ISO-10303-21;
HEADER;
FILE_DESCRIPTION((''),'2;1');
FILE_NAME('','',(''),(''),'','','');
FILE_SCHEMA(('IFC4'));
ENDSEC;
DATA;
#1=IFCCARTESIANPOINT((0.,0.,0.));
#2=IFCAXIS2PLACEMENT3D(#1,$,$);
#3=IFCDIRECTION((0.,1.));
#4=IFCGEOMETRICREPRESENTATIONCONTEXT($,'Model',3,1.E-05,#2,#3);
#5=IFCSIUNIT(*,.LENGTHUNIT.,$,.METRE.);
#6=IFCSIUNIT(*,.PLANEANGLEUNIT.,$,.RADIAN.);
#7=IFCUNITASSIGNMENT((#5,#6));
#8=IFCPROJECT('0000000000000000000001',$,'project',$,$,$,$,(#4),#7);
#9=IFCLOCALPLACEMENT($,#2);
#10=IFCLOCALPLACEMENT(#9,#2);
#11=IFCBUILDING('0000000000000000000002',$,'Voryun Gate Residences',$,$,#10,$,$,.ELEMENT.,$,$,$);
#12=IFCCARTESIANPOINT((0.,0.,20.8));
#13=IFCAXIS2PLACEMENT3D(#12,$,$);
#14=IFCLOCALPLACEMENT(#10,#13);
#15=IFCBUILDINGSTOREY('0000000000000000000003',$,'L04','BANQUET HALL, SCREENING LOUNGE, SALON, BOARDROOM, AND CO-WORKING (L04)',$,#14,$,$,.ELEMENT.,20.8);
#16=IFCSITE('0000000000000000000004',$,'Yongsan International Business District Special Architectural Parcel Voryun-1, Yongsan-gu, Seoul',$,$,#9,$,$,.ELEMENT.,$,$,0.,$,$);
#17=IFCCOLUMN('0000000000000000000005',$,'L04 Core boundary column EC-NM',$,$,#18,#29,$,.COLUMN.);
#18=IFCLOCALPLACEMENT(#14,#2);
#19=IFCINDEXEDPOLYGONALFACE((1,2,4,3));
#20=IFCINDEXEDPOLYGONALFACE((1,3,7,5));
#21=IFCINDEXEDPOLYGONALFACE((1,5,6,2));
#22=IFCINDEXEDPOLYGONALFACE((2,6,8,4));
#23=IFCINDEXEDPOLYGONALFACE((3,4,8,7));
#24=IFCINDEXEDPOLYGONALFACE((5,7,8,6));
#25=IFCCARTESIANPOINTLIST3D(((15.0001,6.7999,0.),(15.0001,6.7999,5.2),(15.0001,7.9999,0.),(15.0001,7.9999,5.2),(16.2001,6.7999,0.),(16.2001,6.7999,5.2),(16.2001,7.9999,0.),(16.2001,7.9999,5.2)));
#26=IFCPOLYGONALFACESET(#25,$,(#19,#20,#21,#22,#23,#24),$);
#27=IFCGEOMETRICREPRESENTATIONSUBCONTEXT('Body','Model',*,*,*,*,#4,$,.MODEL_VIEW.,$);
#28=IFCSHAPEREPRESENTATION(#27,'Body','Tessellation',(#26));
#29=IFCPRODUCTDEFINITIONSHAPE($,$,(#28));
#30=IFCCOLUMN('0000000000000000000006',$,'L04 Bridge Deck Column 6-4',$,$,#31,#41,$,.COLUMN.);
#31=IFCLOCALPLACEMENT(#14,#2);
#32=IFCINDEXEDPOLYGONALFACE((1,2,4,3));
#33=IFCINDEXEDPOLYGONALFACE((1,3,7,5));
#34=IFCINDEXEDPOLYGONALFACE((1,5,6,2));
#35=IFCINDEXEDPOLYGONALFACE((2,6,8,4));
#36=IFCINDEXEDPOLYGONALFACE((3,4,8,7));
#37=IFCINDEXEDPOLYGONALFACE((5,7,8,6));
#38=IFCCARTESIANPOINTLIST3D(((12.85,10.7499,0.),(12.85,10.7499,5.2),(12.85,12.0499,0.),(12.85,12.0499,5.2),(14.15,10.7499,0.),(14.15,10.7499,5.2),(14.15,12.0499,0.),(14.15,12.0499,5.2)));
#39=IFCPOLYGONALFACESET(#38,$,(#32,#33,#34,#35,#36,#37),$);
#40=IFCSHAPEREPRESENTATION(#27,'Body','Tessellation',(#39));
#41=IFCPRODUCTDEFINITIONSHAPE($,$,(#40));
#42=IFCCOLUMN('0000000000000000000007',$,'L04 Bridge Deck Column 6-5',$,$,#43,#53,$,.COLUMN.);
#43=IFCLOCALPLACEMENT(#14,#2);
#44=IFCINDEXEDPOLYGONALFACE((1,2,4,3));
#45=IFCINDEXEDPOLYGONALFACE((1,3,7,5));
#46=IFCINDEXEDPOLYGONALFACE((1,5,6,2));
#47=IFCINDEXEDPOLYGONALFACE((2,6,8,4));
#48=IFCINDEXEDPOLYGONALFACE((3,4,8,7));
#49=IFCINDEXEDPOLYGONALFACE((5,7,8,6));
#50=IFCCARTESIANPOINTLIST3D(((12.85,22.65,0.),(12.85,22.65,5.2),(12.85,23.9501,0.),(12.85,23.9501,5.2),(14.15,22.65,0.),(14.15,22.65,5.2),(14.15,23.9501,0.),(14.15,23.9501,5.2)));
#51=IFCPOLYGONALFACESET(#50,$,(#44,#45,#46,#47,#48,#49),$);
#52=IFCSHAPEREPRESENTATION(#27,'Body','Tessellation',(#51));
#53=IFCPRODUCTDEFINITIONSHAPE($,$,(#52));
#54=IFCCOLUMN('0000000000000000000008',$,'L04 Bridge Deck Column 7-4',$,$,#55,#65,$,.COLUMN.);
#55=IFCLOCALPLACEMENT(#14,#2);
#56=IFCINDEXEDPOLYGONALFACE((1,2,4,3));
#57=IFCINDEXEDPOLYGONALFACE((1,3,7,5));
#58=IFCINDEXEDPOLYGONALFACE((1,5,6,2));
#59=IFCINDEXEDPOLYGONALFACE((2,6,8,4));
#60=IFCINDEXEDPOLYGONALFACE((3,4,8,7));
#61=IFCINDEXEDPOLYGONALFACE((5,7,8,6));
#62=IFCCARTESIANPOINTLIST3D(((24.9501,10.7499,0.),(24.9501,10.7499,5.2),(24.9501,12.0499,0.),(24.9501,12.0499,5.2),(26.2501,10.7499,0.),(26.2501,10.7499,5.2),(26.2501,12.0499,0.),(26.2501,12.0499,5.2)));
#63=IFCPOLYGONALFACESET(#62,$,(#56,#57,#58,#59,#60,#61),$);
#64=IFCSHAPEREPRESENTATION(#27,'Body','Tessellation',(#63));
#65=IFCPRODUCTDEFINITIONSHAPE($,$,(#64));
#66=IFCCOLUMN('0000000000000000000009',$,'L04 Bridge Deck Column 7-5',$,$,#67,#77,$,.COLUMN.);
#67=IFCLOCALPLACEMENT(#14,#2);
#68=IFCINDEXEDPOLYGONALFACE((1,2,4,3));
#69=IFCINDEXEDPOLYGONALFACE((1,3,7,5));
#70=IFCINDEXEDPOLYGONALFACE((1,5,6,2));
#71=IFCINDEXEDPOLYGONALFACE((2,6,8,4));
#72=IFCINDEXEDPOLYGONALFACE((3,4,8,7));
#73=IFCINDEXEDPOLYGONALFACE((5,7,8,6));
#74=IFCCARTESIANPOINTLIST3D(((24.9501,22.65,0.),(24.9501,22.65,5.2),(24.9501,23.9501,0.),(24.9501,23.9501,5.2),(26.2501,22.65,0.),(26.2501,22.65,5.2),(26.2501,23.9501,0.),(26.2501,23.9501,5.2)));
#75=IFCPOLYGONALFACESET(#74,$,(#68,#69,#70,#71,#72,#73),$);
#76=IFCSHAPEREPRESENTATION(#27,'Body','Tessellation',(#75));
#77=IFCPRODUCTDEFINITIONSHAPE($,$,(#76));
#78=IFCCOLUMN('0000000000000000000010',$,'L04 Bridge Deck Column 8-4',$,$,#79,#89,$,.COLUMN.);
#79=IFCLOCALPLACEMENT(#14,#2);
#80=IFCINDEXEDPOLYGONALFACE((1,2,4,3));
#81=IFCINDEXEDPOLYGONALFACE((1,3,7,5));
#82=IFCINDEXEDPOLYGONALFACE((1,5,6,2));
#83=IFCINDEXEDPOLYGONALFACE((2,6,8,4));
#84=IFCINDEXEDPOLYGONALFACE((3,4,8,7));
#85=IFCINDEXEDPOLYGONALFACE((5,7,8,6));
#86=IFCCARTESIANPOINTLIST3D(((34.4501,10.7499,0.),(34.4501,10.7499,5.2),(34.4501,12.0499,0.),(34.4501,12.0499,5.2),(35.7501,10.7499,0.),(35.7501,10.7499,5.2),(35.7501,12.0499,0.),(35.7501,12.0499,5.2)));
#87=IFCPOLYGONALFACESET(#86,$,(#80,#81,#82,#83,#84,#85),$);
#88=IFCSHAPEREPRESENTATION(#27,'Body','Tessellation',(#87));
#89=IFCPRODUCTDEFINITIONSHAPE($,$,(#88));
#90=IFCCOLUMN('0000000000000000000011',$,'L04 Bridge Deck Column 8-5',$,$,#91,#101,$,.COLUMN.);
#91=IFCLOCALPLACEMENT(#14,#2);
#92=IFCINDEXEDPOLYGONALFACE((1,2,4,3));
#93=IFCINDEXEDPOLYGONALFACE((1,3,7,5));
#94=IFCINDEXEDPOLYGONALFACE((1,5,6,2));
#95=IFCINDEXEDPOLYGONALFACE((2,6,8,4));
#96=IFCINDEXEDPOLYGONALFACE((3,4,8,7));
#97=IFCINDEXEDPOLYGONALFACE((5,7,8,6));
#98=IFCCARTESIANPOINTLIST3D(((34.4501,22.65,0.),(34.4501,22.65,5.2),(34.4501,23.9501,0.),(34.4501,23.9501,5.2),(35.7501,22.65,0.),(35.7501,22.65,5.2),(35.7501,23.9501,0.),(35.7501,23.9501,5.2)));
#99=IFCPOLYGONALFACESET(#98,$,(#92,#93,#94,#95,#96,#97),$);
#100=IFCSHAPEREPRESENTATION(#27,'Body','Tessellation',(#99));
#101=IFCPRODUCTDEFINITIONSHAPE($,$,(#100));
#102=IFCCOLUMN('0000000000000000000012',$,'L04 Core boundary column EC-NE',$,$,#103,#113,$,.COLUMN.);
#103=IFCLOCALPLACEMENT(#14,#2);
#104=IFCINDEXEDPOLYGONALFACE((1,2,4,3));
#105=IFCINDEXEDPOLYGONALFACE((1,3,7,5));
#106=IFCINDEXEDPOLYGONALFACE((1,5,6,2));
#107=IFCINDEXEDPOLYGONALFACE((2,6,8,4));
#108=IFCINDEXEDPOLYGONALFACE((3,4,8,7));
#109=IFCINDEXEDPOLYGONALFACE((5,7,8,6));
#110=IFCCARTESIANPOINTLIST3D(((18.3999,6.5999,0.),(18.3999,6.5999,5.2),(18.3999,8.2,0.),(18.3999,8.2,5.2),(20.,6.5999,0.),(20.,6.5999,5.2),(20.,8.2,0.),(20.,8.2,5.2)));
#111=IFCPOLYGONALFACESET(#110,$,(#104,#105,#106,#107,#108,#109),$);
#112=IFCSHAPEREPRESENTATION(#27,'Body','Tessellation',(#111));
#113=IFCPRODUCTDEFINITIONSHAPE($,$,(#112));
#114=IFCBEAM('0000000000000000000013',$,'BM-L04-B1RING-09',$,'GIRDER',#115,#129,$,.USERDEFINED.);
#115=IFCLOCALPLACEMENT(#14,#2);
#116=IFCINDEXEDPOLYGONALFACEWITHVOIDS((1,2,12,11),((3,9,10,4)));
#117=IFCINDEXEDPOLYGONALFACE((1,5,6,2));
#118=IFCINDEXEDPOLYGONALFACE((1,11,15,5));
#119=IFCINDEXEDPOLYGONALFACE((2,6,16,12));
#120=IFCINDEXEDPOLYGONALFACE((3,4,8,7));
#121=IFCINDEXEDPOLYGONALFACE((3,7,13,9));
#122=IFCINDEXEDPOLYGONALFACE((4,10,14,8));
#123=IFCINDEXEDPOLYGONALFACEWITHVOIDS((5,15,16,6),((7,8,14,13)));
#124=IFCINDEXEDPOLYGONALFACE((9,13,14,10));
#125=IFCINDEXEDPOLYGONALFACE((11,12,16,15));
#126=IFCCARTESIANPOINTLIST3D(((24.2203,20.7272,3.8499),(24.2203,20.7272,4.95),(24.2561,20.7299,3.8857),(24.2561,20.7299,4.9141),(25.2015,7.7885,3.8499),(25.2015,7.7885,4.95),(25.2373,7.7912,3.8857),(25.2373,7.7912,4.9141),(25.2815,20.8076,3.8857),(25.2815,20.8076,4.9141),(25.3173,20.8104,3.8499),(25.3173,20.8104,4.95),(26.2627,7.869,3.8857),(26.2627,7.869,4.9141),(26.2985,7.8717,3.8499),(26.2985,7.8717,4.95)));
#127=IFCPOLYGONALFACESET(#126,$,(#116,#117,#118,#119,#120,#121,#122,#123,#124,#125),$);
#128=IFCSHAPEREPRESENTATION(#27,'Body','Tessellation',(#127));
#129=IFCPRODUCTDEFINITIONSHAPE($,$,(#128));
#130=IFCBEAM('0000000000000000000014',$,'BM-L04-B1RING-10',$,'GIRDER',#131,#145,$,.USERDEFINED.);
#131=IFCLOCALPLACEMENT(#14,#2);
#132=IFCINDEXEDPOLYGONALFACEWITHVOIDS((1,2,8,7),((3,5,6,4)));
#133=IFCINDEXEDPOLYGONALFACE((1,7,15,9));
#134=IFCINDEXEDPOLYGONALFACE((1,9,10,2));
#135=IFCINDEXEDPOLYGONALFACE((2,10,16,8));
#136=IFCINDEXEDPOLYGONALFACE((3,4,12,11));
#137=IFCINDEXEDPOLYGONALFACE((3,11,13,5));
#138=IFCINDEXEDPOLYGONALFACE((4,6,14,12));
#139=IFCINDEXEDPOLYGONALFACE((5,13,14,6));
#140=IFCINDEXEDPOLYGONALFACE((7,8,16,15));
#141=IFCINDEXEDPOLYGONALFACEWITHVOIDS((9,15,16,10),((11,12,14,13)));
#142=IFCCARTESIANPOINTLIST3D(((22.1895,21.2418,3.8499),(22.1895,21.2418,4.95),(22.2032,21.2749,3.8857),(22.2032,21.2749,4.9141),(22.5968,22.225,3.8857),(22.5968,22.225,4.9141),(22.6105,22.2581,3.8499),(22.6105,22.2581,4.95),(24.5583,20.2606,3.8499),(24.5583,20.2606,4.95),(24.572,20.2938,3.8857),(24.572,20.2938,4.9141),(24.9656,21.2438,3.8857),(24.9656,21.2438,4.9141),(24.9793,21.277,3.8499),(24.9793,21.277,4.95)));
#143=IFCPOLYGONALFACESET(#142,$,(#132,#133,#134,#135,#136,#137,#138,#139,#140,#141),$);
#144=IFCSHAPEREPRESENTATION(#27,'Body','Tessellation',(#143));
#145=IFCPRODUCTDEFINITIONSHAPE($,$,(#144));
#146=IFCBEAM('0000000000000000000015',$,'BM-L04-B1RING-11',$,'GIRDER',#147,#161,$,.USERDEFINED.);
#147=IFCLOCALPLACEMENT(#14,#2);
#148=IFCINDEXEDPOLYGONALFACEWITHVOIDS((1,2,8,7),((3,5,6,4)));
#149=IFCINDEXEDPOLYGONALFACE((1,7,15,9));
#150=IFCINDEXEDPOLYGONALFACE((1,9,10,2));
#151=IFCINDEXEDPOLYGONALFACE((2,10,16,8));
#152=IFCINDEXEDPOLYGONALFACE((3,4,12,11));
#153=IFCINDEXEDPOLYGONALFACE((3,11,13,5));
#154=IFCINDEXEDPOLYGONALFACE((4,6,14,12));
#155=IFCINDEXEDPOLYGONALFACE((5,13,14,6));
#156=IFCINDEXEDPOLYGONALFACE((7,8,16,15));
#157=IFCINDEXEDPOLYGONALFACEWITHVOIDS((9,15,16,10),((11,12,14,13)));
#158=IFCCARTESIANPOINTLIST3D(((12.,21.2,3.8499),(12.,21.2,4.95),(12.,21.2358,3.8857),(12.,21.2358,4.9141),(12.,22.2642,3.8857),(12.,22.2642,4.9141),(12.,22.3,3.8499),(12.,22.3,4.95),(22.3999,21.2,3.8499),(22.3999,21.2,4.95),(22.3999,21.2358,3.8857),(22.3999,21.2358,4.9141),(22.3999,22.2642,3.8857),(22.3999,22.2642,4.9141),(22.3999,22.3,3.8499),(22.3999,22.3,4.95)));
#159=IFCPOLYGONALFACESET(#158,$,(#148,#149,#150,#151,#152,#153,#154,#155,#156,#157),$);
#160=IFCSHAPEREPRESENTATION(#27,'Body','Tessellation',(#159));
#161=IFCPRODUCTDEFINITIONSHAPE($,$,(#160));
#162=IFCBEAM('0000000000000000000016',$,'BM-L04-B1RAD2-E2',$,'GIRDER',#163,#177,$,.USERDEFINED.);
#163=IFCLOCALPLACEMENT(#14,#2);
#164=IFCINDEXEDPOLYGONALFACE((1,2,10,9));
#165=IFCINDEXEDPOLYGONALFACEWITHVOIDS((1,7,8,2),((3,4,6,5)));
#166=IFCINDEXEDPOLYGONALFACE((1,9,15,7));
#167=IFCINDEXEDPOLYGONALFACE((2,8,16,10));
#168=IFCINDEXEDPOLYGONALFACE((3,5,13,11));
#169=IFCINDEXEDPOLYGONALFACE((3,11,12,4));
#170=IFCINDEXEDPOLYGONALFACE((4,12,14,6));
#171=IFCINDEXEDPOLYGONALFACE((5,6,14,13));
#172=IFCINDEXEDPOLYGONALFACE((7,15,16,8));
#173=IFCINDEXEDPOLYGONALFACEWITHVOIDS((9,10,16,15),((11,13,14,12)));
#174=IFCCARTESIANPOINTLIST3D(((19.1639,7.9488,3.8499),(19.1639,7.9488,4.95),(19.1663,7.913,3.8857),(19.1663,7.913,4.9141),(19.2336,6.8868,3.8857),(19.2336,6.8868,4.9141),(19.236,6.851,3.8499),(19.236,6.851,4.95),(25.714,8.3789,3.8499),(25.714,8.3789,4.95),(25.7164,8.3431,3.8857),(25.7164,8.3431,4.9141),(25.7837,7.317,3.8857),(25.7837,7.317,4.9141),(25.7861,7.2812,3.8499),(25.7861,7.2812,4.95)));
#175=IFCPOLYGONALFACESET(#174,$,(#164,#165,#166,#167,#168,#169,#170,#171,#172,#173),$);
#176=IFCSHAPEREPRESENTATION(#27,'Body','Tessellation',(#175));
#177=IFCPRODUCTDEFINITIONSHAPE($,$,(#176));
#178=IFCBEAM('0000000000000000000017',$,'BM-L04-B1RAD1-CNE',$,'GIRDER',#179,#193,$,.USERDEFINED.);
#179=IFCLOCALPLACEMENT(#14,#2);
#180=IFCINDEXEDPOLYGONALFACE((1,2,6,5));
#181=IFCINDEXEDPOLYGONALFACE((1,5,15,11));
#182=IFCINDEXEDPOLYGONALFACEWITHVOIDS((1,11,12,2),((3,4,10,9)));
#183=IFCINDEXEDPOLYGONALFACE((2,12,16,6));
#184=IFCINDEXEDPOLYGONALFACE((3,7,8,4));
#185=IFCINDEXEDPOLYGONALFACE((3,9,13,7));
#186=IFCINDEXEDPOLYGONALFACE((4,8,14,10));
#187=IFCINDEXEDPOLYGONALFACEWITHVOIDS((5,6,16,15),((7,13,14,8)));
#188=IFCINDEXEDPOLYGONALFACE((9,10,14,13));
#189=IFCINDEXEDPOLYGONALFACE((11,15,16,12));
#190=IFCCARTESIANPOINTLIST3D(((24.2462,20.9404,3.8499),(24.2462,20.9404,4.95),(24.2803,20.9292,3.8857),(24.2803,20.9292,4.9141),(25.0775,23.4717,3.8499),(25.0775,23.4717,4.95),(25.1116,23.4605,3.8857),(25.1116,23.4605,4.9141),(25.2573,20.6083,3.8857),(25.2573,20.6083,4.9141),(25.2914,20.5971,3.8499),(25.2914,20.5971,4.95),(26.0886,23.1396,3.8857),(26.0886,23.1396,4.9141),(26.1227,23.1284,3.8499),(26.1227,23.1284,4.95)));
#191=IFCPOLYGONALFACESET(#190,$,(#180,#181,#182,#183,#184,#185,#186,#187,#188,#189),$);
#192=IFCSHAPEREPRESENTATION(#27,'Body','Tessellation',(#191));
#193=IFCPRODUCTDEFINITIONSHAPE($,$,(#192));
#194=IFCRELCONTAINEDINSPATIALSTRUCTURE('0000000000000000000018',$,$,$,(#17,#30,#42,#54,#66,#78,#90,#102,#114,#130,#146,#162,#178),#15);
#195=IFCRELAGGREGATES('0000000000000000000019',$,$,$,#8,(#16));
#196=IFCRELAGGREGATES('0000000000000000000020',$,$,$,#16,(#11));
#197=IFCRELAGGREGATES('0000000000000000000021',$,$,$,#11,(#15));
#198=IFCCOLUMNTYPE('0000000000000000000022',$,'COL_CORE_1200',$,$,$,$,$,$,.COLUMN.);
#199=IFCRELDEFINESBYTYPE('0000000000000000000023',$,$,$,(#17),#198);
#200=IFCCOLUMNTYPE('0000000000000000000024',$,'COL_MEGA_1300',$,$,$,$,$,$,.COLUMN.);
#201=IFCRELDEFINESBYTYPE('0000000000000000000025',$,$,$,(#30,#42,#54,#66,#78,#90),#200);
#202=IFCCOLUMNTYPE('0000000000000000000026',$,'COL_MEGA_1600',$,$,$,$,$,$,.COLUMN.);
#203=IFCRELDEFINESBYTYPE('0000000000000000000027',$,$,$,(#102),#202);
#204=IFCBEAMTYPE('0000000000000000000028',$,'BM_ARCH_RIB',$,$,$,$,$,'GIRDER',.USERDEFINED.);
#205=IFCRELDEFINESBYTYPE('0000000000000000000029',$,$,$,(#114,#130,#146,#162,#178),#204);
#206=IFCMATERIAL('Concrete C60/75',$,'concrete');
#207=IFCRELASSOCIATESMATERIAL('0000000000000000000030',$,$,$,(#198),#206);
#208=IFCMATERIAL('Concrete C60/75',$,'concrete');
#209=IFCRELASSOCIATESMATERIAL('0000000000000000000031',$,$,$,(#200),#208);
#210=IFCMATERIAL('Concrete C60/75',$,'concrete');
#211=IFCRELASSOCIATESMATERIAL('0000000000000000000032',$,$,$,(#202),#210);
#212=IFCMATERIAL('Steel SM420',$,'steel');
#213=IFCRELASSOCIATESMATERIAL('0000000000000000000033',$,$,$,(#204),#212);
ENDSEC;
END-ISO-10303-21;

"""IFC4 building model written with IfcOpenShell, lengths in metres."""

from ifc_helpers import new_model, si_unit, direction, frame, origin, origin_2d, place, context, subcontext, project, spatial, rectangle, hollow_rectangle, extrude, material, material_profile, profile_set, type_object, element, save


model = new_model("IFC4")

# Units and contexts
model_context = context("Model", 3, precision=1e-05, world=origin(), true_north=direction((0.0, 1.0)))
body_context = subcontext(model_context, "Body", "Model", "MODEL_VIEW")
ifc_project = project(units=[si_unit("LENGTHUNIT", "METRE"), si_unit("PLANEANGLEUNIT", "RADIAN")], contexts=[model_context])

# Site, building, storey
site_placement = place(None, origin())
site = spatial("IfcSite", under=ifc_project, at=site_placement, Name="Yongsan International Business District Special Architectural Parcel Voryun-1, Yongsan-gu, Seoul", CompositionType="ELEMENT", RefElevation=0.0)
building_placement = place(site_placement, origin())
building = spatial("IfcBuilding", under=site, at=building_placement, Name="Voryun Gate Residences", CompositionType="ELEMENT")
storey_placement = place(building_placement, frame((0.0, 0.0, 20.8)))
storey = spatial("IfcBuildingStorey", under=building, at=storey_placement, Name="L04", Description="BANQUET HALL, SCREENING LOUNGE, SALON, BOARDROOM, AND CO-WORKING (L04)", CompositionType="ELEMENT", Elevation=20.8)

# Columns
ifc_material_1 = material(Name="Concrete C60/75", Category="concrete")
ifc_material_profile_1 = material_profile(ifc_material_1, rectangle(XDim=1.2, YDim=1.2, at=origin_2d()), Name="RC-1200x1200")
ifc_profile_set_1 = profile_set([ifc_material_profile_1], Name="Concrete C60/75")
column_type_1 = type_object("IfcColumnType", Name="COL_CORE_1200", PredefinedType="COLUMN", material=ifc_profile_set_1)
column_1_placement = place(storey_placement, frame((15.6001, 7.3999, 0.0), z_axis=(0.0, 0.0, 1.0), x_axis=(1.0, 0.0, 0.0)))
element("IfcColumn", 1, at=column_1_placement, inside=storey, type_object=column_type_1, Name="L04 Core boundary column EC-NM", PredefinedType="COLUMN", context=body_context, shape_type="SweptSolid", body=[
    extrude(rectangle(XDim=1.2, YDim=1.2, at=origin_2d()), origin(), (0.0, 0.0, 1.0), 5.2),
])
ifc_material_2 = material(Name="Concrete C60/75", Category="concrete")
ifc_material_profile_2 = material_profile(ifc_material_2, rectangle(XDim=1.3, YDim=1.3, at=origin_2d()), Name="RC-1300x1300")
ifc_profile_set_2 = profile_set([ifc_material_profile_2], Name="Concrete C60/75")
column_type_2 = type_object("IfcColumnType", Name="COL_MEGA_1300", PredefinedType="COLUMN", material=ifc_profile_set_2)
for number, where, z_axis, x_axis, name in (
    (2, (13.5, 11.3999, 0.0), (0.0, 0.0, 1.0), (1.0, 0.0, 0.0), "L04 Bridge Deck Column 6-4"),
    (3, (13.5, 23.3, 0.0), (0.0, 0.0, 1.0), (1.0, 0.0, 0.0), "L04 Bridge Deck Column 6-5"),
    (4, (25.6001, 11.3999, 0.0), (0.0, 0.0, 1.0), (1.0, 0.0, 0.0), "L04 Bridge Deck Column 7-4"),
    (5, (25.6001, 23.3, 0.0), (0.0, 0.0, 1.0), (1.0, 0.0, 0.0), "L04 Bridge Deck Column 7-5"),
    (6, (35.1001, 11.3999, 0.0), (0.0, 0.0, 1.0), (1.0, 0.0, 0.0), "L04 Bridge Deck Column 8-4"),
    (7, (35.1001, 23.3, 0.0), (0.0, 0.0, 1.0), (1.0, 0.0, 0.0), "L04 Bridge Deck Column 8-5"),
):
    element("IfcColumn", number, at=place(storey_placement, frame(where, z_axis=z_axis, x_axis=x_axis)), inside=storey, type_object=column_type_2, Name=name, PredefinedType="COLUMN", context=body_context, shape_type="SweptSolid", body=[
        extrude(rectangle(XDim=1.3, YDim=1.3, at=origin_2d()), origin(), (0.0, 0.0, 1.0), 5.2),
    ])
ifc_material_3 = material(Name="Concrete C60/75", Category="concrete")
ifc_material_profile_3 = material_profile(ifc_material_3, rectangle(XDim=1.6001, YDim=1.6001, at=origin_2d()), Name="RC-1600x1600")
ifc_profile_set_3 = profile_set([ifc_material_profile_3], Name="Concrete C60/75")
column_type_3 = type_object("IfcColumnType", Name="COL_MEGA_1600", PredefinedType="COLUMN", material=ifc_profile_set_3)
column_2_placement = place(storey_placement, frame((19.2, 7.3999, 0.0), z_axis=(0.0, 0.0, 1.0), x_axis=(1.0, 0.0, 0.0)))
element("IfcColumn", 8, at=column_2_placement, inside=storey, type_object=column_type_3, Name="L04 Core boundary column EC-NE", PredefinedType="COLUMN", context=body_context, shape_type="SweptSolid", body=[
    extrude(rectangle(XDim=1.6001, YDim=1.6001, at=origin_2d()), origin(), (0.0, 0.0, 1.0), 5.2),
])

# Beams
ifc_material_4 = material(Name="Steel SM420", Category="steel")
ifc_material_profile_4 = material_profile(ifc_material_4, hollow_rectangle(XDim=1.1001, YDim=1.1001, WallThickness=0.0359, at=origin_2d()), Name="BOX-1100x1100x36")
ifc_profile_set_4 = profile_set([ifc_material_profile_4], Name="Steel SM420")
beam_type_1 = type_object("IfcBeamType", Name="BM_ARCH_RIB", ElementType="GIRDER", PredefinedType="USERDEFINED", material=ifc_profile_set_4)
beam_1_placement = place(storey_placement, frame((25.75, 7.8301, 4.3999), z_axis=(-0.075617, 0.997137, 0.0), x_axis=(-0.997137, -0.075617, 0.0)))
element("IfcBeam", 9, at=beam_1_placement, inside=storey, type_object=beam_type_1, Name="BM-L04-B1RING-09", ObjectType="GIRDER", PredefinedType="USERDEFINED", context=body_context, shape_type="SweptSolid", body=[
    extrude(hollow_rectangle(XDim=1.1001, YDim=1.1001, WallThickness=0.0359, at=origin_2d()), origin(), (0.0, 0.0, 1.0), 12.9758),
])
beam_2_placement = place(storey_placement, frame((24.7688, 20.7688, 4.3999), z_axis=(-0.923883, 0.382674, 0.0), x_axis=(-0.382674, -0.923883, 0.0)))
element("IfcBeam", 10, at=beam_2_placement, inside=storey, type_object=beam_type_1, Name="BM-L04-B1RING-10", ObjectType="GIRDER", PredefinedType="USERDEFINED", context=body_context, shape_type="SweptSolid", body=[
    extrude(hollow_rectangle(XDim=1.1001, YDim=1.1001, WallThickness=0.0359, at=origin_2d()), origin(), (0.0, 0.0, 1.0), 2.564),
])
beam_3_placement = place(storey_placement, frame((22.3999, 21.75, 4.3999), z_axis=(-1.0, 0.0, 0.0), x_axis=(0.0, -1.0, 0.0)))
element("IfcBeam", 11, at=beam_3_placement, inside=storey, type_object=beam_type_1, Name="BM-L04-B1RING-11", ObjectType="GIRDER", PredefinedType="USERDEFINED", context=body_context, shape_type="SweptSolid", body=[
    extrude(hollow_rectangle(XDim=1.1001, YDim=1.1001, WallThickness=0.0359, at=origin_2d()), origin(), (0.0, 0.0, 1.0), 10.3999),
])
beam_4_placement = place(storey_placement, frame((19.2, 7.3999, 4.3999), z_axis=(0.99785, 0.065534, 0.0), x_axis=(-0.065534, 0.99785, 0.0)))
element("IfcBeam", 12, at=beam_4_placement, inside=storey, type_object=beam_type_1, Name="BM-L04-B1RAD2-E2", ObjectType="GIRDER", PredefinedType="USERDEFINED", context=body_context, shape_type="SweptSolid", body=[
    extrude(hollow_rectangle(XDim=1.1001, YDim=1.1001, WallThickness=0.0359, at=origin_2d()), origin(), (0.0, 0.0, 1.0), 6.5642),
])
beam_5_placement = place(storey_placement, frame((25.6001, 23.3, 4.3999), z_axis=(-0.312019, -0.950076, 0.0), x_axis=(0.950076, -0.312019, 0.0)))
element("IfcBeam", 13, at=beam_5_placement, inside=storey, type_object=beam_type_1, Name="BM-L04-B1RAD1-CNE", ObjectType="GIRDER", PredefinedType="USERDEFINED", context=body_context, shape_type="SweptSolid", body=[
    extrude(hollow_rectangle(XDim=1.1001, YDim=1.1001, WallThickness=0.0359, at=origin_2d()), origin(), (0.0, 0.0, 1.0), 2.6643),
])

save(model, "model.ifc")
